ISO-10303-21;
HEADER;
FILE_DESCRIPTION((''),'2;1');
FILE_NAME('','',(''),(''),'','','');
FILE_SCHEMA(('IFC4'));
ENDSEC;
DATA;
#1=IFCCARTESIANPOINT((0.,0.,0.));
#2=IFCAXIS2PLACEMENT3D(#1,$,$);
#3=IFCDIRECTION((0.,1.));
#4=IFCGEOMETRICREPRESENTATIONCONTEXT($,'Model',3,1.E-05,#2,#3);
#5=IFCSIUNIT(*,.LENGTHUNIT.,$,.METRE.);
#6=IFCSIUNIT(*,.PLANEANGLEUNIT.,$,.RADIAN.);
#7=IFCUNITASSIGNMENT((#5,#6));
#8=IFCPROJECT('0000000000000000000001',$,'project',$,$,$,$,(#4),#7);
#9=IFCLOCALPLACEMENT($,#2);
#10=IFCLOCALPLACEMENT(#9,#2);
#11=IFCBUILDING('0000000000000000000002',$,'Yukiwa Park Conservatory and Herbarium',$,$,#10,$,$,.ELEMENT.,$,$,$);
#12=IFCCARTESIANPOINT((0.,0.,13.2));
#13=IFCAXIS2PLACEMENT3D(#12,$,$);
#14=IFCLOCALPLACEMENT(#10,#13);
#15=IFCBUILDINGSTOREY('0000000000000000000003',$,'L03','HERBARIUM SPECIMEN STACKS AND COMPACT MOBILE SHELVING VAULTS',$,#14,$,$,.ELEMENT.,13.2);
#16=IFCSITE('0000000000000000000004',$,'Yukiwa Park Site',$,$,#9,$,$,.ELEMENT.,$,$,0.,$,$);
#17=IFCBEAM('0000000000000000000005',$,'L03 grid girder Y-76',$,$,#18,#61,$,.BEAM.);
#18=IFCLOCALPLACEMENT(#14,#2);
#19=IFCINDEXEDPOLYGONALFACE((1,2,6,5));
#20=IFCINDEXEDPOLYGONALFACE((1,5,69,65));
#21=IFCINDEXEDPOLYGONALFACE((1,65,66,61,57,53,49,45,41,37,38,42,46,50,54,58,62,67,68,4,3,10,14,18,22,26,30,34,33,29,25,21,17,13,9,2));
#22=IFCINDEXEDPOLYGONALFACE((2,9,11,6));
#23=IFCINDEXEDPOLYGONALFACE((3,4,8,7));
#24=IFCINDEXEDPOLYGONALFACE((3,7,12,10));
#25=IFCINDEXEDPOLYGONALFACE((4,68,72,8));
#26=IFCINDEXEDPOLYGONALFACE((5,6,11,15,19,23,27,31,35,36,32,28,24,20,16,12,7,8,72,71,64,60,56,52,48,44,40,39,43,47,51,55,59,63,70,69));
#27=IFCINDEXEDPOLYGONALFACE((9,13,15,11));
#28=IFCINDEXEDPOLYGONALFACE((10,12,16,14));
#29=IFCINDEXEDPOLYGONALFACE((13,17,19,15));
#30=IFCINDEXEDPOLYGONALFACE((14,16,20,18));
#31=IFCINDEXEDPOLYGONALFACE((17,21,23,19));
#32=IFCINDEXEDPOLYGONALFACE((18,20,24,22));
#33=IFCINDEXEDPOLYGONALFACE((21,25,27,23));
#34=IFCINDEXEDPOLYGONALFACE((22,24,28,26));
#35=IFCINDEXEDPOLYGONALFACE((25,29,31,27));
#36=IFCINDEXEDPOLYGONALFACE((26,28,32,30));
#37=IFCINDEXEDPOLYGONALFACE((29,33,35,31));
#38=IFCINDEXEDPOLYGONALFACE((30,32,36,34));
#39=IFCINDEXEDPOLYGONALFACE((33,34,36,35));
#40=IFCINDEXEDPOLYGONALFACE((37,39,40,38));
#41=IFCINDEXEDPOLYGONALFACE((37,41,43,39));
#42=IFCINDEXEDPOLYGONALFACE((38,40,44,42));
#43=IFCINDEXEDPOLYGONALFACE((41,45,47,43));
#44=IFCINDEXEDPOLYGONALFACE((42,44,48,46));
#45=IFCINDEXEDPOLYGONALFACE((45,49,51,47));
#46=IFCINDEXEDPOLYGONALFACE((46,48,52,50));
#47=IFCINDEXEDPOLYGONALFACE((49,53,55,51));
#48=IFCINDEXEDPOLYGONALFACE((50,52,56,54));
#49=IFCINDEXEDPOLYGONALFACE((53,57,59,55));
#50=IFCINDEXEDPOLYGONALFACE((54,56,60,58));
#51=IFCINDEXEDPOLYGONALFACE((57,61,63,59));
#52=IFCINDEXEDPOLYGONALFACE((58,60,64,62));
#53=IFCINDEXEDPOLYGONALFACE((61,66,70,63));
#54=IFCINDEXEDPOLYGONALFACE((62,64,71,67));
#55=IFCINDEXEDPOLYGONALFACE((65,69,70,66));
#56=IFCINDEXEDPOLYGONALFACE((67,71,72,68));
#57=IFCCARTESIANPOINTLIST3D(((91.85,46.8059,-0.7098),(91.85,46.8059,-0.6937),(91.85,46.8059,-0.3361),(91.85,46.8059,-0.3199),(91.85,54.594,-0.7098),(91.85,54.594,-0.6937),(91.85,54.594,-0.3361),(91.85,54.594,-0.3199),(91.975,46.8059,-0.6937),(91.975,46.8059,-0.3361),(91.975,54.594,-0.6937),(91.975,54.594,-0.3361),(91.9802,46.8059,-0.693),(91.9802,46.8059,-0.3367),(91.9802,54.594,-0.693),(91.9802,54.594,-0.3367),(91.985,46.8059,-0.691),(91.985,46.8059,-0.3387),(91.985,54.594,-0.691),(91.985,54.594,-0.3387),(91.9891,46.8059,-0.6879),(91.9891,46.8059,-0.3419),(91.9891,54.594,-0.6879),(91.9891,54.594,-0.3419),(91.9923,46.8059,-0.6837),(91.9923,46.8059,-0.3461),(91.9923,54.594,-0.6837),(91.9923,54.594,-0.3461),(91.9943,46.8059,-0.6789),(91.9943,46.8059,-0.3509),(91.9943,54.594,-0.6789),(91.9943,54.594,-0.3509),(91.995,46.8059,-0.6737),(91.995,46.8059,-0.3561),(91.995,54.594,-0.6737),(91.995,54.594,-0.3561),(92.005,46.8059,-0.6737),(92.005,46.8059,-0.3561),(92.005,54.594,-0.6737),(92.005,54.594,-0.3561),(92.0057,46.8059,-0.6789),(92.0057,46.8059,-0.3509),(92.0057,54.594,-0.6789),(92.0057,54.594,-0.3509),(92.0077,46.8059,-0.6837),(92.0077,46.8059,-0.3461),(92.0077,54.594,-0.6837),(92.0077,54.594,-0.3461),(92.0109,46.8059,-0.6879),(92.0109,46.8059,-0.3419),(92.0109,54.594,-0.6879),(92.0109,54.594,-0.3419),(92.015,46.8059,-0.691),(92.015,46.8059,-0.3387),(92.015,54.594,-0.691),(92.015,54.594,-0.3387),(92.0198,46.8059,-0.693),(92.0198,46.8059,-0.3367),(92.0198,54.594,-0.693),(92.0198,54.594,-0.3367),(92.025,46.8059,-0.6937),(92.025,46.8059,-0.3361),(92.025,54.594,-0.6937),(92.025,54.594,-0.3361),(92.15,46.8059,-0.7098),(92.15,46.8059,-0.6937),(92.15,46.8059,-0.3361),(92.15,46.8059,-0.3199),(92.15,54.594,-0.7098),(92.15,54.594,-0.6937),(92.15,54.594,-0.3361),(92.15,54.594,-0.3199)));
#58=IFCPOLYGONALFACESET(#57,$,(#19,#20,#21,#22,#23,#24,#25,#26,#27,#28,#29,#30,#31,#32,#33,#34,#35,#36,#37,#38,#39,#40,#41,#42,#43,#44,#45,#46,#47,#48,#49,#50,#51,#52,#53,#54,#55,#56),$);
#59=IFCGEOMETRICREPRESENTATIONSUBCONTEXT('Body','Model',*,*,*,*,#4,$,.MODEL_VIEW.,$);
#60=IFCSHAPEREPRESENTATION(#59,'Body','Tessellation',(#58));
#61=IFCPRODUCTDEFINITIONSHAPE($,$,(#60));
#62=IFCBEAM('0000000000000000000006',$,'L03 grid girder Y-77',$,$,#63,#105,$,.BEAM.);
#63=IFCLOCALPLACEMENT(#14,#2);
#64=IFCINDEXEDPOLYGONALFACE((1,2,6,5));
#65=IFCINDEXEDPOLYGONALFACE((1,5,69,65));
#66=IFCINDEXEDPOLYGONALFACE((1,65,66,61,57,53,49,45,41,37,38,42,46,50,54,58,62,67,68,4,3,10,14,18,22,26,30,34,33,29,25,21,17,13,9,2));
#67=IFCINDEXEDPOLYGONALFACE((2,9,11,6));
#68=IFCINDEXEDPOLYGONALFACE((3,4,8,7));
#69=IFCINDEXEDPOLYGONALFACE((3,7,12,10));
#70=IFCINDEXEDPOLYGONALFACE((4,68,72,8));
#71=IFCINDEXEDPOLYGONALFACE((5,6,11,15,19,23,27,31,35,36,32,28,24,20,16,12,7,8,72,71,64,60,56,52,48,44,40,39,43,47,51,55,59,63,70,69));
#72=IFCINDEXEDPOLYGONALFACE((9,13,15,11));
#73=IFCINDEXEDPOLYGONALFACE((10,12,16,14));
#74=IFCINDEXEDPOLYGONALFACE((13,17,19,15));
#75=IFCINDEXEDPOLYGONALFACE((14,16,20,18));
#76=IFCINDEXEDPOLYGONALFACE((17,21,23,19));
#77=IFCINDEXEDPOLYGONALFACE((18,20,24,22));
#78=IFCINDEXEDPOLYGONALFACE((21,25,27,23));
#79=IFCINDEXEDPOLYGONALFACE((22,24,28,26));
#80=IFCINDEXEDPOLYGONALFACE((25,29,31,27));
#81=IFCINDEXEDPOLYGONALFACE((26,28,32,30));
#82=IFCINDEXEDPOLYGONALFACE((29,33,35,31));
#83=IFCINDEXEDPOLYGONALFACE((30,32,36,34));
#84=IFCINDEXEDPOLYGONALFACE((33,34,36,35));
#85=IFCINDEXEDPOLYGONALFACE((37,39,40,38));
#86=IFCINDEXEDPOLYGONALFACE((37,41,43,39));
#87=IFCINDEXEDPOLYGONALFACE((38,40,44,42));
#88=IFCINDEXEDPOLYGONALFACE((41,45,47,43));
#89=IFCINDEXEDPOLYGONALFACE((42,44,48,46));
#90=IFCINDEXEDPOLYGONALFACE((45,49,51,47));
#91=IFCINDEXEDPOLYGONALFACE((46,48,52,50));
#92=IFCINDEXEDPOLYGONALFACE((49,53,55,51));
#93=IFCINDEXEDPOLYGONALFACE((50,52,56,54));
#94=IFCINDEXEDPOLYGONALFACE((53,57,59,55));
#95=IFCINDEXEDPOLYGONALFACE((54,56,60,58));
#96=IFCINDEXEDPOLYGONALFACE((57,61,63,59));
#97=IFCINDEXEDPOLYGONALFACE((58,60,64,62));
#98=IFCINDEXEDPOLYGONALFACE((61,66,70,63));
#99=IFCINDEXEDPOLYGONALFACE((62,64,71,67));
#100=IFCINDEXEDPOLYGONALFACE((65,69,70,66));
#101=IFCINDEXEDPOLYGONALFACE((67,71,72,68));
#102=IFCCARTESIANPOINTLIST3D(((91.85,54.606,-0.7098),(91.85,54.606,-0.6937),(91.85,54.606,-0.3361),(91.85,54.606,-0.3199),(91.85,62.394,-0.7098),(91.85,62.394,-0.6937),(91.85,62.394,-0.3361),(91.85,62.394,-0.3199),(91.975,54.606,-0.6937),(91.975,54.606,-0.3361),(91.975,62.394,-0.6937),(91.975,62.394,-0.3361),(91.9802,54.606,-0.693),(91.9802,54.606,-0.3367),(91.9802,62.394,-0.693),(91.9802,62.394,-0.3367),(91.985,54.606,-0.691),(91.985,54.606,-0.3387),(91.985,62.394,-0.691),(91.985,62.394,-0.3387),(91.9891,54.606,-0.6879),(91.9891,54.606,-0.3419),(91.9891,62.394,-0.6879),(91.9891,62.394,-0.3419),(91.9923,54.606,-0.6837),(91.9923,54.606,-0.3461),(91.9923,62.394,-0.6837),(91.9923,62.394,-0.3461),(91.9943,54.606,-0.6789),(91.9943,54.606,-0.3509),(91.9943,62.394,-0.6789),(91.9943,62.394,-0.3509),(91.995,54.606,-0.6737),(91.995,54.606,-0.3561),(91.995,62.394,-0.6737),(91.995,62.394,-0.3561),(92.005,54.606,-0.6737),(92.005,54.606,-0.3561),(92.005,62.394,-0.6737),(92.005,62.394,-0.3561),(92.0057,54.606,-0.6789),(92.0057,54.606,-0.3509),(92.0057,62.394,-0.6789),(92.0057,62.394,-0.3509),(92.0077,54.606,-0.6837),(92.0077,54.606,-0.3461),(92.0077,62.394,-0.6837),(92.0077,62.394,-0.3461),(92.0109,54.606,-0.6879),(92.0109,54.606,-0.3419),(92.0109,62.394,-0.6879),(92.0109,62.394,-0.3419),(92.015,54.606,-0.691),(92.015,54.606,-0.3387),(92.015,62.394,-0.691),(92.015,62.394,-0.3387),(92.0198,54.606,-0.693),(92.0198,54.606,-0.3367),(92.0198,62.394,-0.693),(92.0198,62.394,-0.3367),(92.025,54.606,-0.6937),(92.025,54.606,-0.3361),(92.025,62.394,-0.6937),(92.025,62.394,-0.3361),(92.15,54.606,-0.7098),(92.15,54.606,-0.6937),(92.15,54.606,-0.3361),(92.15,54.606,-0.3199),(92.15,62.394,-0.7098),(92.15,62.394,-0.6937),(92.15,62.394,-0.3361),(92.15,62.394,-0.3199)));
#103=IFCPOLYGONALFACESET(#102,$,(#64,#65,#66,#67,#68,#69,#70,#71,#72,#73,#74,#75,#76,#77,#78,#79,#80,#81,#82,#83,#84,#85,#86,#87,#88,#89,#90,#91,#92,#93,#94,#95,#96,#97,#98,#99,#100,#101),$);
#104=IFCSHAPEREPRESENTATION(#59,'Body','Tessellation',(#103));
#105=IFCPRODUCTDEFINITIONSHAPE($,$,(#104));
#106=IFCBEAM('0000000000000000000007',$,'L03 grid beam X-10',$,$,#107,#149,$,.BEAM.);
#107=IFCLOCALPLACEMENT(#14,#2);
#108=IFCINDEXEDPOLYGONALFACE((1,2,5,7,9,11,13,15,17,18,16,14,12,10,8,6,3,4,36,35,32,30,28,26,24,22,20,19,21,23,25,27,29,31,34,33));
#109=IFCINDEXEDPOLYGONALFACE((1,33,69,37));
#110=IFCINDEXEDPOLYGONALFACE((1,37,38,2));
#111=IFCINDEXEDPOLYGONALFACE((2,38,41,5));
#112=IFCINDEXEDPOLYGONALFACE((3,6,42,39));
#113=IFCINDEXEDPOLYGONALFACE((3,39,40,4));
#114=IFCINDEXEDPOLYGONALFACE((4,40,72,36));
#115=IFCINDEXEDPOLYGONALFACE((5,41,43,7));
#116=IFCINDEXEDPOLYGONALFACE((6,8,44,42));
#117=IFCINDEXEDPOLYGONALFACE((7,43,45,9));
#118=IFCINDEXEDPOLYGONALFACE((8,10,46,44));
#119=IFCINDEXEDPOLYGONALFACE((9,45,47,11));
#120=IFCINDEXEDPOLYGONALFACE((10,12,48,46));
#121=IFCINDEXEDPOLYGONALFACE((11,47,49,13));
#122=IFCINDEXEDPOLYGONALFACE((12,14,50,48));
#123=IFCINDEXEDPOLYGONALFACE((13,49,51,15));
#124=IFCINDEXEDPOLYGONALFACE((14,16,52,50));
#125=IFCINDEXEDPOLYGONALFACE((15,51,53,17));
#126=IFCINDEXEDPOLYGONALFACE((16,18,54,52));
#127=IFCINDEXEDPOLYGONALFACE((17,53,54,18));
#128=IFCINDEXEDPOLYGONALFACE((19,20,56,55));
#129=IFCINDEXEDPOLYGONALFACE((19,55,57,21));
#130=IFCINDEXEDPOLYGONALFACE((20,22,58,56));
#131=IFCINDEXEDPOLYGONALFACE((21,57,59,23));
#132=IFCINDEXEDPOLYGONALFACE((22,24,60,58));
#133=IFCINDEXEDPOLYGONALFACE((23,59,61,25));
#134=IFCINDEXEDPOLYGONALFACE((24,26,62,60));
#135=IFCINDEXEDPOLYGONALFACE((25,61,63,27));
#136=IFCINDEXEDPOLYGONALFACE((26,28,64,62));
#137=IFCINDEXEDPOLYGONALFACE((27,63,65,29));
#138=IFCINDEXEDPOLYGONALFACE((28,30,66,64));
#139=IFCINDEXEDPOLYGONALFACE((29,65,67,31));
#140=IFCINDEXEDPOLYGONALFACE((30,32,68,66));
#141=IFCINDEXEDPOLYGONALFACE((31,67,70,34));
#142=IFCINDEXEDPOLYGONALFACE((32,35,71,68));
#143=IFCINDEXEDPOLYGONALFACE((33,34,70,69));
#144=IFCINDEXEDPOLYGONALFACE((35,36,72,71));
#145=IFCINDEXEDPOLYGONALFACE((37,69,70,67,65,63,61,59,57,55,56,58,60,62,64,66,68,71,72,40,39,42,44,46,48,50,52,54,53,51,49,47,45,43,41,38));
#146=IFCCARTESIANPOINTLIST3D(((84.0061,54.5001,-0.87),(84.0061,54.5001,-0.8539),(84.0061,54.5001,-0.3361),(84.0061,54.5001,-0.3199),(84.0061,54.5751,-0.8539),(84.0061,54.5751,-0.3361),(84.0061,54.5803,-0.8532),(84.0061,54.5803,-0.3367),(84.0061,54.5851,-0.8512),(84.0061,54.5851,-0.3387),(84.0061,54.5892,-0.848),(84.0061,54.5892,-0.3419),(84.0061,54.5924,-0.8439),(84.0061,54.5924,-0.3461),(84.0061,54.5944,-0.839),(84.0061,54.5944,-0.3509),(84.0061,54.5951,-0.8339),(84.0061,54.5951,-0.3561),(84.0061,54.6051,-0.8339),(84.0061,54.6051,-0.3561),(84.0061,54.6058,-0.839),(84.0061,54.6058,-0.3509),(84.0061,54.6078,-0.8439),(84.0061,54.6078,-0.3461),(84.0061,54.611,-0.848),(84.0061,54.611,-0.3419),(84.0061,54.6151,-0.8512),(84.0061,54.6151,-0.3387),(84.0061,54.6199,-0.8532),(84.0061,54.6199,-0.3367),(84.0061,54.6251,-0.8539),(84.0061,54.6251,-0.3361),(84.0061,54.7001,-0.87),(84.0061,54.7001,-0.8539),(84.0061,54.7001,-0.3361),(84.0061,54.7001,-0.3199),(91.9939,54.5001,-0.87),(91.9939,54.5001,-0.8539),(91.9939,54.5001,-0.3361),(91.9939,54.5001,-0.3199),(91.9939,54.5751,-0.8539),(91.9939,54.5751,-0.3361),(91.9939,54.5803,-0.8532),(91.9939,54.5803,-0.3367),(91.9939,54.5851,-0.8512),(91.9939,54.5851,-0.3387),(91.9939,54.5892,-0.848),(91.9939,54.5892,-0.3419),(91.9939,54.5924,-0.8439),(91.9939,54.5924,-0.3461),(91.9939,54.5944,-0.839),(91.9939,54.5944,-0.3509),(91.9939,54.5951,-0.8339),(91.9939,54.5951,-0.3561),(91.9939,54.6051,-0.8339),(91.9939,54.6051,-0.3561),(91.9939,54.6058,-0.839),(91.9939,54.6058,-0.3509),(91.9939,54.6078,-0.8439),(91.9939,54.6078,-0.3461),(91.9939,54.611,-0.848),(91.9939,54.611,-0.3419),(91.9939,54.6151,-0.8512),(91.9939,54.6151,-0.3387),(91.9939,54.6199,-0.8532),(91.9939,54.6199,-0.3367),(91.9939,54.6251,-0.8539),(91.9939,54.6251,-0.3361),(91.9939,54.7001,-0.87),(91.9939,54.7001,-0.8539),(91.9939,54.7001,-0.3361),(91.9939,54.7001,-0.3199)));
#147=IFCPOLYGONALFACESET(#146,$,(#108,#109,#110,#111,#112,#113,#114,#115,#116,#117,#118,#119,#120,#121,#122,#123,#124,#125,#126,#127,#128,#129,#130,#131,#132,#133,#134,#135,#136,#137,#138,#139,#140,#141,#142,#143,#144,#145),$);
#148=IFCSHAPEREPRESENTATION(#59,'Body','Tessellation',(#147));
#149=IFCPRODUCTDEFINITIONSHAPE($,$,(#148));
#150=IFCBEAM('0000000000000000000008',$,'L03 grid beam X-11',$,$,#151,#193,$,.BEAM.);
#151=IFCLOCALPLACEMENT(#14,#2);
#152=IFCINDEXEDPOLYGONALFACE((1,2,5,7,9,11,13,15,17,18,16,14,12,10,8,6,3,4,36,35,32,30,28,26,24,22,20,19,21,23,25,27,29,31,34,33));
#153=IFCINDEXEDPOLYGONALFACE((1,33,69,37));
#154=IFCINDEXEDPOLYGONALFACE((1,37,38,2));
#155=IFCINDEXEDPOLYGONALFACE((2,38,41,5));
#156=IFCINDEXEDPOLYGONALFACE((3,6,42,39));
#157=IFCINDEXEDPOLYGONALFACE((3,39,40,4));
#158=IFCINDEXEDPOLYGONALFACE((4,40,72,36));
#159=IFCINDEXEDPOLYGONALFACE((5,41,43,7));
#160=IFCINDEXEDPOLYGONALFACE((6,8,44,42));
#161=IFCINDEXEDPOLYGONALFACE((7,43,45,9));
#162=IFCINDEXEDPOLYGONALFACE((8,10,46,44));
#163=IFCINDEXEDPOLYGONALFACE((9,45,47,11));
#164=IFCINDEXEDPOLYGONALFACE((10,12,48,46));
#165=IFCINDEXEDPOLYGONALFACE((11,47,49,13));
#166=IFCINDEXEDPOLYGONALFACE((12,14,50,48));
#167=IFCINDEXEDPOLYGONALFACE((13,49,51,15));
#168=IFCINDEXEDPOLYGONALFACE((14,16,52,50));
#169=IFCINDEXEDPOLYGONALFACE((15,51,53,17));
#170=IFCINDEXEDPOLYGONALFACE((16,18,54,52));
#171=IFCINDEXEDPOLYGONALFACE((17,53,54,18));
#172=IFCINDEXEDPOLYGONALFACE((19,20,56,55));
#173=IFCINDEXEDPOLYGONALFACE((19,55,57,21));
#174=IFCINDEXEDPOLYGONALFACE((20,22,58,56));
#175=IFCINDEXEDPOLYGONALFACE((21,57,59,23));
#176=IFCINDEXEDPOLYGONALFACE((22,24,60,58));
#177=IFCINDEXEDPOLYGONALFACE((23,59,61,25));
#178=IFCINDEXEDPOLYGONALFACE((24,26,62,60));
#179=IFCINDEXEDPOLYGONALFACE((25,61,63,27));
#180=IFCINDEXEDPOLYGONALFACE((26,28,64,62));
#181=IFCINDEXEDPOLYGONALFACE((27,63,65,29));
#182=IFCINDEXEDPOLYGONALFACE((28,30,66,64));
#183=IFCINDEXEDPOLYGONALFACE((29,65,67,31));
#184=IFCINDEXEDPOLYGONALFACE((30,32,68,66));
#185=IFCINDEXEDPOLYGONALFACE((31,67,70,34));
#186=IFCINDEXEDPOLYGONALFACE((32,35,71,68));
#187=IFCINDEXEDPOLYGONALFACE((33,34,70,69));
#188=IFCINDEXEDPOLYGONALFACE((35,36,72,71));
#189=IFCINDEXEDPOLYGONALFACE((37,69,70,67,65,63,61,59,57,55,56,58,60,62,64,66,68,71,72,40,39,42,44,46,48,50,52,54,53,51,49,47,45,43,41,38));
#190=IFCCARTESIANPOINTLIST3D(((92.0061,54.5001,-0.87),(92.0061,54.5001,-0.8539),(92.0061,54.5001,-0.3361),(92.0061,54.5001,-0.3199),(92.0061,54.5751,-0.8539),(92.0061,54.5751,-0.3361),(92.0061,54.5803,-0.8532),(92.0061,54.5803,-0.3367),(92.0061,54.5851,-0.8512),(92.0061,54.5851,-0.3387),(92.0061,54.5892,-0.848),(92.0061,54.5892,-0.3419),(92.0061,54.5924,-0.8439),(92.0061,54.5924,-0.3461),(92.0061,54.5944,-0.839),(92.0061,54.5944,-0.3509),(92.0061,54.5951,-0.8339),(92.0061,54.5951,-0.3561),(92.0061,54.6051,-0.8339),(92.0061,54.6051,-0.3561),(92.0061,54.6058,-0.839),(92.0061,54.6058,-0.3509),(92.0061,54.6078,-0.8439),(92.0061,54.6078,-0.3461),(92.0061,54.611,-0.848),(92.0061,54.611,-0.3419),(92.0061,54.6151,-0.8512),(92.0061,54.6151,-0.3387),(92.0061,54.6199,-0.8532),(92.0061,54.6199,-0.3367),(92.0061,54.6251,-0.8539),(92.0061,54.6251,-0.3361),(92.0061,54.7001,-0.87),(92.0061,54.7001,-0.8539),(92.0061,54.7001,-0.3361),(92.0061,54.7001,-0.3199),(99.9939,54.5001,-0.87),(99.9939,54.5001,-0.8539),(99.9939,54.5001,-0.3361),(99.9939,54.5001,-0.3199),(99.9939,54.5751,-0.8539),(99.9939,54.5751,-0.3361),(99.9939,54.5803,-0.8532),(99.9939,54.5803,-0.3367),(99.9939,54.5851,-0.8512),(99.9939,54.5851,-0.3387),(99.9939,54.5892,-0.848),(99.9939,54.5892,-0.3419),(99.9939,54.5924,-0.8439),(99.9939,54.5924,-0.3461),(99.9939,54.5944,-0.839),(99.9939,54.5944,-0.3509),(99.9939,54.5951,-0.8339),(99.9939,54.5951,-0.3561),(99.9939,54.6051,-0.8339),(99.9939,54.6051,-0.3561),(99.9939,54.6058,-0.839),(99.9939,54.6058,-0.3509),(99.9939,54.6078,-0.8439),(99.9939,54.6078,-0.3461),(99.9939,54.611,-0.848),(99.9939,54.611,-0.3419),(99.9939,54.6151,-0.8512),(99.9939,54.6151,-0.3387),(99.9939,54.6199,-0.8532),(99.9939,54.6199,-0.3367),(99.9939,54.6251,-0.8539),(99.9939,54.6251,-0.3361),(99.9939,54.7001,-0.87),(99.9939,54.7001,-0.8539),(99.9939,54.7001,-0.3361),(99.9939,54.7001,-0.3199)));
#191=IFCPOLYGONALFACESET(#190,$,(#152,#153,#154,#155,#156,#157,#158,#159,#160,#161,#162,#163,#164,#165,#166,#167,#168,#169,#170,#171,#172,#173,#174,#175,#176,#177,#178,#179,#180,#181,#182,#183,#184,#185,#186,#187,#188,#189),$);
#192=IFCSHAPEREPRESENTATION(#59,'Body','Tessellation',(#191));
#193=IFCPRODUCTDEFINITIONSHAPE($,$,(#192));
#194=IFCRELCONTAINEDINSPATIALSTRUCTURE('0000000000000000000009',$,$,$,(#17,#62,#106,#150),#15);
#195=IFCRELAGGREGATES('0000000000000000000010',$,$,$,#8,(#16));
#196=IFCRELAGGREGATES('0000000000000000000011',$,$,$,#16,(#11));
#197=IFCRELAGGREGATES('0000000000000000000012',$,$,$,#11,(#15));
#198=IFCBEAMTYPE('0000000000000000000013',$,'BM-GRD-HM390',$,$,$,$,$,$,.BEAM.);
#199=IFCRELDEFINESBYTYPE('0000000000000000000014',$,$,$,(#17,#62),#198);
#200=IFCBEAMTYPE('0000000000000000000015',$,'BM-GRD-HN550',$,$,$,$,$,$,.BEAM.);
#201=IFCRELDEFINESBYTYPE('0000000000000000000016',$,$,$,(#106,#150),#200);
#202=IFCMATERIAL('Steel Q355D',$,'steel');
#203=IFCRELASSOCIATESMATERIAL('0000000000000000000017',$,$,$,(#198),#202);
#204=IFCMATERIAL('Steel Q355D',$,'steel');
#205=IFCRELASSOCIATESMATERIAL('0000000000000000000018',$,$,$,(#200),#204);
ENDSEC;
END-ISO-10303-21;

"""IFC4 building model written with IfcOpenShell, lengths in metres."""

from ifc_helpers import new_model, si_unit, direction, frame, origin, origin_2d, place, context, subcontext, project, spatial, i_section, extrude, material, material_profile, profile_set, type_object, element, save


model = new_model("IFC4")

# Units and contexts
model_context = context("Model", 3, precision=1e-05, world=origin(), true_north=direction((0.0, 1.0)))
body_context = subcontext(model_context, "Body", "Model", "MODEL_VIEW")
ifc_project = project(units=[si_unit("LENGTHUNIT", "METRE"), si_unit("PLANEANGLEUNIT", "RADIAN")], contexts=[model_context])

# Site, building, storey
site_placement = place(None, origin())
site = spatial("IfcSite", under=ifc_project, at=site_placement, Name="Yukiwa Park Site", CompositionType="ELEMENT", RefElevation=0.0)
building_placement = place(site_placement, origin())
building = spatial("IfcBuilding", under=site, at=building_placement, Name="Yukiwa Park Conservatory and Herbarium", CompositionType="ELEMENT")
storey_placement = place(building_placement, frame((0.0, 0.0, 13.2)))
storey = spatial("IfcBuildingStorey", under=building, at=storey_placement, Name="L03", Description="HERBARIUM SPECIMEN STACKS AND COMPACT MOBILE SHELVING VAULTS", CompositionType="ELEMENT", Elevation=13.2)

# Beams
ifc_material_1 = material(Name="Steel Q355D", Category="steel")
ifc_material_profile_1 = material_profile(ifc_material_1, i_section(OverallWidth=0.3, OverallDepth=0.3899, WebThickness=0.01, FlangeThickness=0.0161, FilletRadius=0.02, at=origin_2d()), Name="HM 390x300x10x16")
ifc_profile_set_1 = profile_set([ifc_material_profile_1], Name="Steel Q355D")
beam_type_1 = type_object("IfcBeamType", Name="BM-GRD-HM390", PredefinedType="BEAM", material=ifc_profile_set_1)
for number, where, z_axis, x_axis, name in (
    (1, (92.0, 46.8059, -0.5149), (0.0, 1.0, 0.0), (-1.0, 0.0, 0.0), "L03 grid girder Y-76"),
    (2, (92.0, 54.606, -0.5149), (0.0, 1.0, 0.0), (-1.0, 0.0, 0.0), "L03 grid girder Y-77"),
):
    element("IfcBeam", number, at=place(storey_placement, frame(where, z_axis=z_axis, x_axis=x_axis)), inside=storey, type_object=beam_type_1, Name=name, PredefinedType="BEAM", context=body_context, shape_type="SweptSolid", body=[
        extrude(i_section(OverallWidth=0.3, OverallDepth=0.3899, WebThickness=0.01, FlangeThickness=0.0161, FilletRadius=0.02, at=origin_2d()), origin(), (0.0, 0.0, 1.0), 7.7881),
    ])
ifc_material_2 = material(Name="Steel Q355D", Category="steel")
ifc_material_profile_2 = material_profile(ifc_material_2, i_section(OverallWidth=0.2, OverallDepth=0.55, WebThickness=0.01, FlangeThickness=0.0161, FilletRadius=0.02, at=origin_2d()), Name="HN 550x200x10x16")
ifc_profile_set_2 = profile_set([ifc_material_profile_2], Name="Steel Q355D")
beam_type_2 = type_object("IfcBeamType", Name="BM-GRD-HN550", PredefinedType="BEAM", material=ifc_profile_set_2)
for number, where, z_axis, x_axis, name in (
    (3, (84.0061, 54.6001, -0.595), (1.0, 0.0, 0.0), (0.0, 1.0, 0.0), "L03 grid beam X-10"),
    (4, (92.0061, 54.6001, -0.595), (1.0, 0.0, 0.0), (0.0, 1.0, 0.0), "L03 grid beam X-11"),
):
    element("IfcBeam", number, at=place(storey_placement, frame(where, z_axis=z_axis, x_axis=x_axis)), inside=storey, type_object=beam_type_2, Name=name, PredefinedType="BEAM", context=body_context, shape_type="SweptSolid", body=[
        extrude(i_section(OverallWidth=0.2, OverallDepth=0.55, WebThickness=0.01, FlangeThickness=0.0161, FilletRadius=0.02, at=origin_2d()), origin(), (0.0, 0.0, 1.0), 7.9878),
    ])

save(model, "model.ifc")
